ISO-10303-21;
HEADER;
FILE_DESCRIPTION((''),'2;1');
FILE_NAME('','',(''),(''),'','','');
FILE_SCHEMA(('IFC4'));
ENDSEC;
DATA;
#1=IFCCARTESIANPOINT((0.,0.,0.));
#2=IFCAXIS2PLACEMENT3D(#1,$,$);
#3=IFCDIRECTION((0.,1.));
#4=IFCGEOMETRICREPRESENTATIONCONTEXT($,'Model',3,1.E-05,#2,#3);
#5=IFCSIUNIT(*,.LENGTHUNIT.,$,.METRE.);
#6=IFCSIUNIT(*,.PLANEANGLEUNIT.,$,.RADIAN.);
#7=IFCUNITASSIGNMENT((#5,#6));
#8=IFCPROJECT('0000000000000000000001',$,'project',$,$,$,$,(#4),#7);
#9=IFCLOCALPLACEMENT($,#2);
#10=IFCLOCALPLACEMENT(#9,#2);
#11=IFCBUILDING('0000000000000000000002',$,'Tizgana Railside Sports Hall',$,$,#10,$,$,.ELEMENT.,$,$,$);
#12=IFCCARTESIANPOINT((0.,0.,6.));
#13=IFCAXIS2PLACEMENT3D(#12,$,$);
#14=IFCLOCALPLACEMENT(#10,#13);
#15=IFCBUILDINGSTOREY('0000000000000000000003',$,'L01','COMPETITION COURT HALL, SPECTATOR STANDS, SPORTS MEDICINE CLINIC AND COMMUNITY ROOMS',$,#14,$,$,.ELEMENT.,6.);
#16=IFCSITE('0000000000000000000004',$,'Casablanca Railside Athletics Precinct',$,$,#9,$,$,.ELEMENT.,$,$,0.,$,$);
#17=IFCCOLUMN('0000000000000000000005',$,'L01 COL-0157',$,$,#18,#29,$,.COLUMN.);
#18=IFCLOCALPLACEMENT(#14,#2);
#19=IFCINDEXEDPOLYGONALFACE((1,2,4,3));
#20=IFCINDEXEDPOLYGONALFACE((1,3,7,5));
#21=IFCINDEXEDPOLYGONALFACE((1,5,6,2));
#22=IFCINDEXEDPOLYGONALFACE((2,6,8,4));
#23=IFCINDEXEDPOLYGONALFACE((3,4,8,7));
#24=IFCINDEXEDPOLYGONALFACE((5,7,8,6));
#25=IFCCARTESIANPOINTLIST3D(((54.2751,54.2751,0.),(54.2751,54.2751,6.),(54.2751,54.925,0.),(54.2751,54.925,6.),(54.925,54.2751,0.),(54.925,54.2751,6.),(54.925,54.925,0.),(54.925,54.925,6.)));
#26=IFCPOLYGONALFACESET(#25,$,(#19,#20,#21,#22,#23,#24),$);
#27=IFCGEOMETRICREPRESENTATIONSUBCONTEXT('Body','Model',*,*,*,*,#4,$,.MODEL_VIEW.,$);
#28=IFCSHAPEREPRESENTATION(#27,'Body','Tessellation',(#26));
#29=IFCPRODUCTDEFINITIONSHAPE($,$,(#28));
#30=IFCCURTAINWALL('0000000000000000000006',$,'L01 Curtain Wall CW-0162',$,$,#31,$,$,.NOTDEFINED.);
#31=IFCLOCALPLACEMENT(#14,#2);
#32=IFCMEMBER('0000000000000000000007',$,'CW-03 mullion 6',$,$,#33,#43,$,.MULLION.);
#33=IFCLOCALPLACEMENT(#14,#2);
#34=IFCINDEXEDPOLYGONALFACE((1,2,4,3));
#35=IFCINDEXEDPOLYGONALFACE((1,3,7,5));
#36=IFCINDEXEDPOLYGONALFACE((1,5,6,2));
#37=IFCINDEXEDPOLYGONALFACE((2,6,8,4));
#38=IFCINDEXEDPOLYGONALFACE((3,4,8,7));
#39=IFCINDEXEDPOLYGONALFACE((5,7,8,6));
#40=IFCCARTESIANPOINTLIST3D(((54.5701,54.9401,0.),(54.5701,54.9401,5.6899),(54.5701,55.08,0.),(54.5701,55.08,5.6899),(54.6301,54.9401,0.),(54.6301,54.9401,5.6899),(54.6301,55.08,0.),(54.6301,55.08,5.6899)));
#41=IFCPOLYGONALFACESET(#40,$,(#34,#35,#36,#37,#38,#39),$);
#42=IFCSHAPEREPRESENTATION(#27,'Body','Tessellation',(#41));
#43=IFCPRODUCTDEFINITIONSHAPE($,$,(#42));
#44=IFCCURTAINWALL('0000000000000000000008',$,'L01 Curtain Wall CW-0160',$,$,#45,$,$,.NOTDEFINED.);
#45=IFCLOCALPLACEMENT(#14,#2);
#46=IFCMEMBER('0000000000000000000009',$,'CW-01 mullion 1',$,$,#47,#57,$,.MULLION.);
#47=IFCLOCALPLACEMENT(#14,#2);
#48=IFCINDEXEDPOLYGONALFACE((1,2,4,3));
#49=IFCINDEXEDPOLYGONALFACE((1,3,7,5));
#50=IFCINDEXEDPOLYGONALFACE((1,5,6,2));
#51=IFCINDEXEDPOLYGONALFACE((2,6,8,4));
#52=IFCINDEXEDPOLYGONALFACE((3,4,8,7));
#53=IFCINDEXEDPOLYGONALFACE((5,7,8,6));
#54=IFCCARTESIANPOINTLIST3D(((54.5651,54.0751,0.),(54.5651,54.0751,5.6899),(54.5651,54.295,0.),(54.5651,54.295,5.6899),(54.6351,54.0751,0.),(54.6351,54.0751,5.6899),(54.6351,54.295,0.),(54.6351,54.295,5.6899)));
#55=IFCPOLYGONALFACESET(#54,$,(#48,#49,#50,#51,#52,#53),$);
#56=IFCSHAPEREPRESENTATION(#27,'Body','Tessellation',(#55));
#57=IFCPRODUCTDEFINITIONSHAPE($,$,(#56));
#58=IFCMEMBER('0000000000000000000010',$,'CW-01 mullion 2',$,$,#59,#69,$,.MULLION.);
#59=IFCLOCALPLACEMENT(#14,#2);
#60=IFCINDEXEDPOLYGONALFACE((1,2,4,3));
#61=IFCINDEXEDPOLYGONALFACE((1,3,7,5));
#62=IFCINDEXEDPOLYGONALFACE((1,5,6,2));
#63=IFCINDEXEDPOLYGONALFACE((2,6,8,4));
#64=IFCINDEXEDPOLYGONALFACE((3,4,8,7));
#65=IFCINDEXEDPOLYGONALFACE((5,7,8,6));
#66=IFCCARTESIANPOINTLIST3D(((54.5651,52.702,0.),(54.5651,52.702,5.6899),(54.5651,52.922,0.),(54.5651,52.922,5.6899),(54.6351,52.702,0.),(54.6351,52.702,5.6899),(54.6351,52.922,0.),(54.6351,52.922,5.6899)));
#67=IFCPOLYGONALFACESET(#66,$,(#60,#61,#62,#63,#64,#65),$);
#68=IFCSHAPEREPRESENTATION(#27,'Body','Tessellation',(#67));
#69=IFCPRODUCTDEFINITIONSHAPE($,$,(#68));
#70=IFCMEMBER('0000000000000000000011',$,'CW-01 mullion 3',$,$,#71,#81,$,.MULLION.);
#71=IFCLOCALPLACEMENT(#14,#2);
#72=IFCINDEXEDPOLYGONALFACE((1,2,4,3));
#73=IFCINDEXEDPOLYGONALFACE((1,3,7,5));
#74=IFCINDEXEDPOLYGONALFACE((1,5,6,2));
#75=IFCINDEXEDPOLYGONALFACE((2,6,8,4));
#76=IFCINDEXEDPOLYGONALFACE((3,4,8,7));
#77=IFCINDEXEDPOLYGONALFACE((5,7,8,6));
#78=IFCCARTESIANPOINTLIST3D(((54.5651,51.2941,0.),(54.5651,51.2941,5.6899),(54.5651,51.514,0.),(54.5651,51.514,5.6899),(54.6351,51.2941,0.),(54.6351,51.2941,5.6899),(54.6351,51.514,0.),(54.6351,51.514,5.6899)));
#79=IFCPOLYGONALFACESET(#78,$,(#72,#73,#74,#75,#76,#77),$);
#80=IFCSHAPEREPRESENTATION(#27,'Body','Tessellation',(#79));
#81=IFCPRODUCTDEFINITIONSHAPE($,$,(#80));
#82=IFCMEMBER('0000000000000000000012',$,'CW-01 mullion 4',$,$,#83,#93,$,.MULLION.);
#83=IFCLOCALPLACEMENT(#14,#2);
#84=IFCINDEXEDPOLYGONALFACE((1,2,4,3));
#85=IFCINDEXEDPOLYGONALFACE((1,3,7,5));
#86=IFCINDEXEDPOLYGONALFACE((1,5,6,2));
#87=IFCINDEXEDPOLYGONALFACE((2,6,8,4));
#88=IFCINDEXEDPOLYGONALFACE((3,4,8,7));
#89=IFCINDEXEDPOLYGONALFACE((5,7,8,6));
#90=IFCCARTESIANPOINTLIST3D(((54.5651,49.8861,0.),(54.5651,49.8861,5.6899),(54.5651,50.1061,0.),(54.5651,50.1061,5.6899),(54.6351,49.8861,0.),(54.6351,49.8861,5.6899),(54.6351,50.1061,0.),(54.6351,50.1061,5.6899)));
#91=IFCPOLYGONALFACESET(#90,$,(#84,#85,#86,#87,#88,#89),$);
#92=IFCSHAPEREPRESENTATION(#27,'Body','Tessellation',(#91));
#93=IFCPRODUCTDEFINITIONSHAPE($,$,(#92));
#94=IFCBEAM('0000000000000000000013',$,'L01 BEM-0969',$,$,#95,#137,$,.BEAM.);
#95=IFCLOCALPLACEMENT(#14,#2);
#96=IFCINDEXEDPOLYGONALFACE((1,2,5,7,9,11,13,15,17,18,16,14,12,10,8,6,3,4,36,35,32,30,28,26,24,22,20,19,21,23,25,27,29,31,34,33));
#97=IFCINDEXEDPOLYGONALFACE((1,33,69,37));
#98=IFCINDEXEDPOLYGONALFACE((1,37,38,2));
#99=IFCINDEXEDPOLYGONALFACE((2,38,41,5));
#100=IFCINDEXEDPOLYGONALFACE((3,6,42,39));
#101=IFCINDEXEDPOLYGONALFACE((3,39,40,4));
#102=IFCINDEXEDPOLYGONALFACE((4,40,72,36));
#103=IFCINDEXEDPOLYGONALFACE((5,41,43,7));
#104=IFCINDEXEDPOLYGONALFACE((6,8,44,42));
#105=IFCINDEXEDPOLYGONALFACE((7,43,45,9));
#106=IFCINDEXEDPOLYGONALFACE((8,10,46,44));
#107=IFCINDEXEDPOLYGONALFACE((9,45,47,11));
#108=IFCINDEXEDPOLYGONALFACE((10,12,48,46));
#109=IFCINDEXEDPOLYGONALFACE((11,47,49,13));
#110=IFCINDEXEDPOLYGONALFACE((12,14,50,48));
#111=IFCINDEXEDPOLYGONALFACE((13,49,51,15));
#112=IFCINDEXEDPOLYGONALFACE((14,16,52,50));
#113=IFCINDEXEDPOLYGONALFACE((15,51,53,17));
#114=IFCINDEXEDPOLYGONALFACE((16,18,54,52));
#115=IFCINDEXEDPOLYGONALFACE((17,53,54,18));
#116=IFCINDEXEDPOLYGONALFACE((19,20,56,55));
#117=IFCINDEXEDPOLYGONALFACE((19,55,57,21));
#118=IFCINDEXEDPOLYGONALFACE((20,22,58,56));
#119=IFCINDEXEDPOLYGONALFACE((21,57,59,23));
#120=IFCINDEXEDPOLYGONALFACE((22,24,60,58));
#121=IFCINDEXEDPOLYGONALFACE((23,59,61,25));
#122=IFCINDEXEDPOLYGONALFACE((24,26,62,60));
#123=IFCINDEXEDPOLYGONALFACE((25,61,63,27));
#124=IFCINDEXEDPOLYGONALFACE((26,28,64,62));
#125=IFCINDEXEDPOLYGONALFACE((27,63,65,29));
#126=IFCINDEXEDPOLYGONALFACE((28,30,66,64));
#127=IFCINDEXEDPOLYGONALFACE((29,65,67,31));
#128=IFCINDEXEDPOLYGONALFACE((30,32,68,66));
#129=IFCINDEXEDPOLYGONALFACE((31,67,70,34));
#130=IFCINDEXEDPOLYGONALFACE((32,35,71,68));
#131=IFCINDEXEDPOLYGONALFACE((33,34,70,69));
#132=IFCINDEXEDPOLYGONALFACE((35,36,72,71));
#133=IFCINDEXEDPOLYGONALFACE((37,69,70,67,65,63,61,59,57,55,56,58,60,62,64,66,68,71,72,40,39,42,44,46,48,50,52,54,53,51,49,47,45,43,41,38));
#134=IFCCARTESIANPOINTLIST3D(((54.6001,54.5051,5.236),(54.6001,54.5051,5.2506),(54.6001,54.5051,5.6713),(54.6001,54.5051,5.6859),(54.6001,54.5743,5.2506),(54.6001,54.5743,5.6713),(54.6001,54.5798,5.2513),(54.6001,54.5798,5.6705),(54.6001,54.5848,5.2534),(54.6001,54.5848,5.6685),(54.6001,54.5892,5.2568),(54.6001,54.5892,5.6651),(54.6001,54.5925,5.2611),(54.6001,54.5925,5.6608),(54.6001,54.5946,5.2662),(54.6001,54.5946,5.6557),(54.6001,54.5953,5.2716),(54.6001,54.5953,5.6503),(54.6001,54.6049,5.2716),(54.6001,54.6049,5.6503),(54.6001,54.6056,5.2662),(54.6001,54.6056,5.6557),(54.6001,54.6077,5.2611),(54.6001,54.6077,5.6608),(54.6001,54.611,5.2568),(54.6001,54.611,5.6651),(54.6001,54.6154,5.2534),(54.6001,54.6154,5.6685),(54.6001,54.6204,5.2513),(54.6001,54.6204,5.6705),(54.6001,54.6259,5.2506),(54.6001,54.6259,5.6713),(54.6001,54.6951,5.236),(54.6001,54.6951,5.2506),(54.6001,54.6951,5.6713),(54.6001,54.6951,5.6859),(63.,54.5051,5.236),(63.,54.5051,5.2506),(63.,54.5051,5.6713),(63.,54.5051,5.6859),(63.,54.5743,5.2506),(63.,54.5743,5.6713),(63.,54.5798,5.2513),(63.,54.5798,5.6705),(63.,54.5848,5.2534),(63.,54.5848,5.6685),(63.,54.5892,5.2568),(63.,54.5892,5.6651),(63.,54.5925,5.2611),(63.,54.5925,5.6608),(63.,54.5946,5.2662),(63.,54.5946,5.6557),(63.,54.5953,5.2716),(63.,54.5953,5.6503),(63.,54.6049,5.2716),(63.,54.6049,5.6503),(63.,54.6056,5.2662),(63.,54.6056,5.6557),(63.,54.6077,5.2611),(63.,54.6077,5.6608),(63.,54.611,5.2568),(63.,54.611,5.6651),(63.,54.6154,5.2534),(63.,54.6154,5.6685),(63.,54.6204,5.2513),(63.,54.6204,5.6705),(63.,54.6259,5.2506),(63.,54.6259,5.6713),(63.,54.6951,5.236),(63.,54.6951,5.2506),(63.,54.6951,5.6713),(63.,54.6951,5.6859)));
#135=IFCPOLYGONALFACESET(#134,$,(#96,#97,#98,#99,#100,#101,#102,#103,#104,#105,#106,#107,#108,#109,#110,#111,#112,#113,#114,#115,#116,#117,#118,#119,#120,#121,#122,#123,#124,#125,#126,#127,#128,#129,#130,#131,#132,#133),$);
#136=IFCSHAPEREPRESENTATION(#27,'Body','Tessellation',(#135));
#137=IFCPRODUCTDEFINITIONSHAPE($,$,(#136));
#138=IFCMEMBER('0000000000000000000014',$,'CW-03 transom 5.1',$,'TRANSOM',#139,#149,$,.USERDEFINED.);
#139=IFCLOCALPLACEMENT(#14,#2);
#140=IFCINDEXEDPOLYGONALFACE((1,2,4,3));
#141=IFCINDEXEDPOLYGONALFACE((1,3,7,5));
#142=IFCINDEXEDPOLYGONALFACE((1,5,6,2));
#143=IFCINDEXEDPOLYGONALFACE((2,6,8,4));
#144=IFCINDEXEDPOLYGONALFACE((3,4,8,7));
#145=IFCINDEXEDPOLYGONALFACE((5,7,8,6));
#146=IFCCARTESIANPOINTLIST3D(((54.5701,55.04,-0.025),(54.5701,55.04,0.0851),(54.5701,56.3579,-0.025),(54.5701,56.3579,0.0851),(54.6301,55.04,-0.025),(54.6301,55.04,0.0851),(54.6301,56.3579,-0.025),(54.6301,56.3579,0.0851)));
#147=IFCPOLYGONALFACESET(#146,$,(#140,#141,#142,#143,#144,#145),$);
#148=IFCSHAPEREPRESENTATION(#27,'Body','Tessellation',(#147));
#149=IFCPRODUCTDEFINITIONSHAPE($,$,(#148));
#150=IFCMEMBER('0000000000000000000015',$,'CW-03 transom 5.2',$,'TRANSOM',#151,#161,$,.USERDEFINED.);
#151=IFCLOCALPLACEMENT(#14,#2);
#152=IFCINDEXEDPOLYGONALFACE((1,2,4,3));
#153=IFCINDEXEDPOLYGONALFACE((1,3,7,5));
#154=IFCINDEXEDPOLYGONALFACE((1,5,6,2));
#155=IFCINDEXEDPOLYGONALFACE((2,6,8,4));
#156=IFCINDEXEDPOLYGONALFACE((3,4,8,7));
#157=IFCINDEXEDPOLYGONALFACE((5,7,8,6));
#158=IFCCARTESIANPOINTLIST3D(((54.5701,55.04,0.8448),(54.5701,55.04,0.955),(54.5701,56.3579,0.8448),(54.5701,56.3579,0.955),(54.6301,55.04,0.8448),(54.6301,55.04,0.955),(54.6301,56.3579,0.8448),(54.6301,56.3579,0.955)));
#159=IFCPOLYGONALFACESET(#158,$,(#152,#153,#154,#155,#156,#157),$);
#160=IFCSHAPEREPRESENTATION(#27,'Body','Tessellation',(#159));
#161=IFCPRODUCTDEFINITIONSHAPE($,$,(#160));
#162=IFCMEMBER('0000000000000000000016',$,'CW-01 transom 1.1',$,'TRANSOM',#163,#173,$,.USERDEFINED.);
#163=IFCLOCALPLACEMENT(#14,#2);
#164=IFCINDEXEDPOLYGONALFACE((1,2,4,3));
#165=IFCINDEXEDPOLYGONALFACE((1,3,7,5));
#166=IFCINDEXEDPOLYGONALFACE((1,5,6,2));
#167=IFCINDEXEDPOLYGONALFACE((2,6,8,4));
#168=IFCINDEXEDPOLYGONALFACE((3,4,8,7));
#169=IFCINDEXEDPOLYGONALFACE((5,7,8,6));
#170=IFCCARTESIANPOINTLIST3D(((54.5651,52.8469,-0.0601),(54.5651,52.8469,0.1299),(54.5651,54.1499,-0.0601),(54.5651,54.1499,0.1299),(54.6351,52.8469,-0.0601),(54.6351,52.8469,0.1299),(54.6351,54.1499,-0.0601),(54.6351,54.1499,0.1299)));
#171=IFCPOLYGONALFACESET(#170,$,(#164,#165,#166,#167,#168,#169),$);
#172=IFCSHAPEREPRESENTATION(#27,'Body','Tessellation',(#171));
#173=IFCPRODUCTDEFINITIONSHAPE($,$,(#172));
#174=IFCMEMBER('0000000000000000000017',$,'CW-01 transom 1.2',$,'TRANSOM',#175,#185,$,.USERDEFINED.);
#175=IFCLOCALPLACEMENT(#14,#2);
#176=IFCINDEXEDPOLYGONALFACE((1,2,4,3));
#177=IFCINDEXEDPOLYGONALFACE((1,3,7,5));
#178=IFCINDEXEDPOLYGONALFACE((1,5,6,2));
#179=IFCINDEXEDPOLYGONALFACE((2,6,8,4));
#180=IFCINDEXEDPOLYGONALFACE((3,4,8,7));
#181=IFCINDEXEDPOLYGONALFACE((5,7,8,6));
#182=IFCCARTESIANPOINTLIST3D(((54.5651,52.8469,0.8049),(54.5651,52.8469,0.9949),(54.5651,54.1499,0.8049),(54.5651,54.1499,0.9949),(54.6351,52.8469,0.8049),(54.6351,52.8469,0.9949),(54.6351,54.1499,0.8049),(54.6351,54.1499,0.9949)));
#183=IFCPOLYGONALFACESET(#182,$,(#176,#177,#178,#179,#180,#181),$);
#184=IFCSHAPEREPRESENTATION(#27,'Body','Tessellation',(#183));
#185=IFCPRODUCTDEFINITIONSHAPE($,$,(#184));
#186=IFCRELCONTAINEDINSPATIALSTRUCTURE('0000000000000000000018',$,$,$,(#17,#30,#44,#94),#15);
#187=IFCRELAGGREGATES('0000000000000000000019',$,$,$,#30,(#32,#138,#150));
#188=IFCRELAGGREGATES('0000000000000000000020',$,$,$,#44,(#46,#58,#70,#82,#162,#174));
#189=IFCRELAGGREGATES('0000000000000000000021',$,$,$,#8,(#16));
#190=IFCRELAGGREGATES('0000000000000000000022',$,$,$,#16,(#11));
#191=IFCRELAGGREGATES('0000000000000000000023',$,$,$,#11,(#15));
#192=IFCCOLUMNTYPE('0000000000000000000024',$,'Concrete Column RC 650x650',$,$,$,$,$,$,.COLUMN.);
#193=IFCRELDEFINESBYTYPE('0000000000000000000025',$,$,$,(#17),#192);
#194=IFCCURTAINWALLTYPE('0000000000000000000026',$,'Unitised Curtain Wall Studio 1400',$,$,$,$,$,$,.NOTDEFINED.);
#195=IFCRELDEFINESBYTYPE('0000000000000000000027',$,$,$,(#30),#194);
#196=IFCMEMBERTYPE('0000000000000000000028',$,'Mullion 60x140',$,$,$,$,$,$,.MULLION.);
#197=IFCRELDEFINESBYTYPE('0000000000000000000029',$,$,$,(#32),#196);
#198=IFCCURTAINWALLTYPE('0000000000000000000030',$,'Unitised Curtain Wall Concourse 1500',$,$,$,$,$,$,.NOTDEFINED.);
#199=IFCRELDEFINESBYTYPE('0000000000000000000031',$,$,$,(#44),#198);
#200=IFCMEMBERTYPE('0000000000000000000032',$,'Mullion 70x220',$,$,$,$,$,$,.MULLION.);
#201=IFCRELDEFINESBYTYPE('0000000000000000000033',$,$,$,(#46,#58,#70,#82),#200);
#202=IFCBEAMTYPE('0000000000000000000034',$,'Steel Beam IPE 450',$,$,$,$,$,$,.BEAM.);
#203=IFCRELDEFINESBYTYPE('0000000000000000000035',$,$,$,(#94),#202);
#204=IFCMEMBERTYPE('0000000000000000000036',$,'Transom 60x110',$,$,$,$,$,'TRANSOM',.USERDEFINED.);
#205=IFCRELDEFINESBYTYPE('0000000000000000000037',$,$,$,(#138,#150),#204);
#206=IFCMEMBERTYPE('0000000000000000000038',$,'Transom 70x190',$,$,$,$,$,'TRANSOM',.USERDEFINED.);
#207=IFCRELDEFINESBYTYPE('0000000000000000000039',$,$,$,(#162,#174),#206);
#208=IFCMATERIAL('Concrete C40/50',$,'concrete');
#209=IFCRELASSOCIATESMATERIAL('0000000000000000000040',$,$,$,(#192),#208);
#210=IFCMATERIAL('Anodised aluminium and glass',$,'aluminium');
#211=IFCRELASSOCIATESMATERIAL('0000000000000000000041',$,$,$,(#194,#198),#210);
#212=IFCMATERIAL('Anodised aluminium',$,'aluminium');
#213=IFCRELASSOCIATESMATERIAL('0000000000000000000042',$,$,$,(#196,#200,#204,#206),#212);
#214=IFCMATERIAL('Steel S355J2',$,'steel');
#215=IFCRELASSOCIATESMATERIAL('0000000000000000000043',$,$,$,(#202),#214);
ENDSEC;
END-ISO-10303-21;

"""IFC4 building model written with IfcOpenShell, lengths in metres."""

from ifc_helpers import new_model, si_unit, direction, frame, origin, origin_2d, place, context, subcontext, project, spatial, rectangle, i_section, extrude, material, material_profile, profile_set, type_object, element, aggregate, save


model = new_model("IFC4")

# Units and contexts
model_context = context("Model", 3, precision=1e-05, world=origin(), true_north=direction((0.0, 1.0)))
body_context = subcontext(model_context, "Body", "Model", "MODEL_VIEW")
ifc_project = project(units=[si_unit("LENGTHUNIT", "METRE"), si_unit("PLANEANGLEUNIT", "RADIAN")], contexts=[model_context])

# Site, building, storey
site_placement = place(None, origin())
site = spatial("IfcSite", under=ifc_project, at=site_placement, Name="Casablanca Railside Athletics Precinct", CompositionType="ELEMENT", RefElevation=0.0)
building_placement = place(site_placement, origin())
building = spatial("IfcBuilding", under=site, at=building_placement, Name="Tizgana Railside Sports Hall", CompositionType="ELEMENT")
storey_placement = place(building_placement, frame((0.0, 0.0, 6.0)))
storey = spatial("IfcBuildingStorey", under=building, at=storey_placement, Name="L01", Description="COMPETITION COURT HALL, SPECTATOR STANDS, SPORTS MEDICINE CLINIC AND COMMUNITY ROOMS", CompositionType="ELEMENT", Elevation=6.0)

# Column
ifc_material_1 = material(Name="Concrete C40/50", Category="concrete")
ifc_material_profile_1 = material_profile(ifc_material_1, rectangle(XDim=0.6499, YDim=0.6499, at=origin_2d()), Name="RC 650x650")
ifc_profile_set_1 = profile_set([ifc_material_profile_1], Name="Concrete C40/50")
column_type = type_object("IfcColumnType", Name="Concrete Column RC 650x650", PredefinedType="COLUMN", material=ifc_profile_set_1)
column_placement = place(storey_placement, frame((54.6001, 54.6001, 0.0), z_axis=(0.0, 0.0, 1.0), x_axis=(1.0, 0.0, 0.0)))
element("IfcColumn", 1, at=column_placement, inside=storey, type_object=column_type, Name="L01 COL-0157", PredefinedType="COLUMN", context=body_context, shape_type="SweptSolid", body=[
    extrude(rectangle(XDim=0.6499, YDim=0.6499, at=origin_2d()), origin(), (0.0, 0.0, 1.0), 6.0),
])

# Curtain wall, member
ifc_material_2 = material(Name="Anodised aluminium and glass", Category="aluminium")
curtain_wall_type_1 = type_object("IfcCurtainWallType", Name="Unitised Curtain Wall Studio 1400", PredefinedType="NOTDEFINED", material=ifc_material_2)
curtain_wall_1_placement = place(storey_placement, origin())
curtain_wall_1 = element("IfcCurtainWall", 2, at=curtain_wall_1_placement, inside=storey, type_object=curtain_wall_type_1, Name="L01 Curtain Wall CW-0162", PredefinedType="NOTDEFINED")
ifc_material_3 = material(Name="Anodised aluminium", Category="aluminium")
ifc_material_profile_2 = material_profile(ifc_material_3, rectangle(XDim=0.0601, YDim=0.1399, at=origin_2d()), Name="Mullion 60x140")
ifc_profile_set_2 = profile_set([ifc_material_profile_2], Name="Anodised aluminium")
member_type_1 = type_object("IfcMemberType", Name="Mullion 60x140", PredefinedType="MULLION", material=ifc_profile_set_2)
member_1_placement = place(storey_placement, frame((54.6001, 55.01, 0.0), z_axis=(0.0, 0.0, 1.0), x_axis=(1.0, 0.0, 0.0)))
member_1 = element("IfcMember", 3, at=member_1_placement, type_object=member_type_1, Name="CW-03 mullion 6", PredefinedType="MULLION", context=body_context, shape_type="SweptSolid", body=[
    extrude(rectangle(XDim=0.0601, YDim=0.1399, at=origin_2d()), origin(), (0.0, 0.0, 1.0), 5.6899),
])

# Curtain wall, members
curtain_wall_type_2 = type_object("IfcCurtainWallType", Name="Unitised Curtain Wall Concourse 1500", PredefinedType="NOTDEFINED", material=ifc_material_2)
curtain_wall_2_placement = place(storey_placement, origin())
curtain_wall_2 = element("IfcCurtainWall", 4, at=curtain_wall_2_placement, inside=storey, type_object=curtain_wall_type_2, Name="L01 Curtain Wall CW-0160", PredefinedType="NOTDEFINED")
ifc_material_profile_3 = material_profile(ifc_material_3, rectangle(XDim=0.0701, YDim=0.22, at=origin_2d()), Name="Mullion 70x220")
ifc_profile_set_3 = profile_set([ifc_material_profile_3], Name="Anodised aluminium")
member_type_2 = type_object("IfcMemberType", Name="Mullion 70x220", PredefinedType="MULLION", material=ifc_profile_set_3)
member_2_placement = place(storey_placement, frame((54.6001, 54.1851, 0.0), z_axis=(0.0, 0.0, 1.0), x_axis=(1.0, 0.0, 0.0)))
member_2 = element("IfcMember", 5, at=member_2_placement, type_object=member_type_2, Name="CW-01 mullion 1", PredefinedType="MULLION", context=body_context, shape_type="SweptSolid", body=[
    extrude(rectangle(XDim=0.0701, YDim=0.22, at=origin_2d()), origin(), (0.0, 0.0, 1.0), 5.6899),
])
member_3_placement = place(storey_placement, frame((54.6001, 52.812, 0.0), z_axis=(0.0, 0.0, 1.0), x_axis=(1.0, 0.0, 0.0)))
member_3 = element("IfcMember", 6, at=member_3_placement, type_object=member_type_2, Name="CW-01 mullion 2", PredefinedType="MULLION", context=body_context, shape_type="SweptSolid", body=[
    extrude(rectangle(XDim=0.0701, YDim=0.22, at=origin_2d()), origin(), (0.0, 0.0, 1.0), 5.6899),
])
member_4_placement = place(storey_placement, frame((54.6001, 51.4041, 0.0), z_axis=(0.0, 0.0, 1.0), x_axis=(1.0, 0.0, 0.0)))
member_4 = element("IfcMember", 7, at=member_4_placement, type_object=member_type_2, Name="CW-01 mullion 3", PredefinedType="MULLION", context=body_context, shape_type="SweptSolid", body=[
    extrude(rectangle(XDim=0.0701, YDim=0.22, at=origin_2d()), origin(), (0.0, 0.0, 1.0), 5.6899),
])
member_5_placement = place(storey_placement, frame((54.6001, 49.9961, 0.0), z_axis=(0.0, 0.0, 1.0), x_axis=(1.0, 0.0, 0.0)))
member_5 = element("IfcMember", 8, at=member_5_placement, type_object=member_type_2, Name="CW-01 mullion 4", PredefinedType="MULLION", context=body_context, shape_type="SweptSolid", body=[
    extrude(rectangle(XDim=0.0701, YDim=0.22, at=origin_2d()), origin(), (0.0, 0.0, 1.0), 5.6899),
])

# Beam
ifc_material_4 = material(Name="Steel S355J2", Category="steel")
ifc_material_profile_4 = material_profile(ifc_material_4, i_section(OverallWidth=0.1899, OverallDepth=0.45, WebThickness=0.0095, FlangeThickness=0.0146, FilletRadius=0.021, at=origin_2d()), Name="IPE 450")
ifc_profile_set_4 = profile_set([ifc_material_profile_4], Name="Steel S355J2")
beam_type = type_object("IfcBeamType", Name="Steel Beam IPE 450", PredefinedType="BEAM", material=ifc_profile_set_4)
beam_placement = place(storey_placement, frame((54.6001, 54.6001, 5.4609), z_axis=(1.0, 0.0, 0.0), x_axis=(0.0, 1.0, 0.0)))
element("IfcBeam", 9, at=beam_placement, inside=storey, type_object=beam_type, Name="L01 BEM-0969", PredefinedType="BEAM", context=body_context, shape_type="SweptSolid", body=[
    extrude(i_section(OverallWidth=0.1899, OverallDepth=0.45, WebThickness=0.0095, FlangeThickness=0.0146, FilletRadius=0.021, at=origin_2d()), origin(), (0.0, 0.0, 1.0), 8.3999),
])

# Members
ifc_material_profile_5 = material_profile(ifc_material_3, rectangle(XDim=0.0601, YDim=0.1101, at=origin_2d()), Name="Transom 60x110")
ifc_profile_set_5 = profile_set([ifc_material_profile_5], Name="Anodised aluminium")
member_type_3 = type_object("IfcMemberType", Name="Transom 60x110", ElementType="TRANSOM", PredefinedType="USERDEFINED", material=ifc_profile_set_5)
member_6_placement = place(storey_placement, frame((54.6001, 56.3579, 0.03), z_axis=(0.0, -1.0, 0.0), x_axis=(1.0, 0.0, 0.0)))
member_6 = element("IfcMember", 10, at=member_6_placement, type_object=member_type_3, Name="CW-03 transom 5.1", ObjectType="TRANSOM", PredefinedType="USERDEFINED", context=body_context, shape_type="SweptSolid", body=[
    extrude(rectangle(XDim=0.0601, YDim=0.1101, at=origin_2d()), origin(), (0.0, 0.0, 1.0), 1.3179),
])
member_7_placement = place(storey_placement, frame((54.6001, 56.3579, 0.8999), z_axis=(0.0, -1.0, 0.0), x_axis=(1.0, 0.0, 0.0)))
member_7 = element("IfcMember", 11, at=member_7_placement, type_object=member_type_3, Name="CW-03 transom 5.2", ObjectType="TRANSOM", PredefinedType="USERDEFINED", context=body_context, shape_type="SweptSolid", body=[
    extrude(rectangle(XDim=0.0601, YDim=0.1101, at=origin_2d()), origin(), (0.0, 0.0, 1.0), 1.3179),
])
ifc_material_profile_6 = material_profile(ifc_material_3, rectangle(XDim=0.0701, YDim=0.1899, at=origin_2d()), Name="Transom 70x190")
ifc_profile_set_6 = profile_set([ifc_material_profile_6], Name="Anodised aluminium")
member_type_4 = type_object("IfcMemberType", Name="Transom 70x190", ElementType="TRANSOM", PredefinedType="USERDEFINED", material=ifc_profile_set_6)
member_8_placement = place(storey_placement, frame((54.6001, 54.1499, 0.0349), z_axis=(0.0, -1.0, 0.0), x_axis=(1.0, 0.0, 0.0)))
member_8 = element("IfcMember", 12, at=member_8_placement, type_object=member_type_4, Name="CW-01 transom 1.1", ObjectType="TRANSOM", PredefinedType="USERDEFINED", context=body_context, shape_type="SweptSolid", body=[
    extrude(rectangle(XDim=0.0701, YDim=0.1899, at=origin_2d()), origin(), (0.0, 0.0, 1.0), 1.303),
])
member_9_placement = place(storey_placement, frame((54.6001, 54.1499, 0.8999), z_axis=(0.0, -1.0, 0.0), x_axis=(1.0, 0.0, 0.0)))
member_9 = element("IfcMember", 13, at=member_9_placement, type_object=member_type_4, Name="CW-01 transom 1.2", ObjectType="TRANSOM", PredefinedType="USERDEFINED", context=body_context, shape_type="SweptSolid", body=[
    extrude(rectangle(XDim=0.0701, YDim=0.1899, at=origin_2d()), origin(), (0.0, 0.0, 1.0), 1.303),
])

aggregate(curtain_wall_1, [member_1, member_6, member_7])
aggregate(curtain_wall_2, [member_2, member_3, member_4, member_5, member_8, member_9])

save(model, "model.ifc")
